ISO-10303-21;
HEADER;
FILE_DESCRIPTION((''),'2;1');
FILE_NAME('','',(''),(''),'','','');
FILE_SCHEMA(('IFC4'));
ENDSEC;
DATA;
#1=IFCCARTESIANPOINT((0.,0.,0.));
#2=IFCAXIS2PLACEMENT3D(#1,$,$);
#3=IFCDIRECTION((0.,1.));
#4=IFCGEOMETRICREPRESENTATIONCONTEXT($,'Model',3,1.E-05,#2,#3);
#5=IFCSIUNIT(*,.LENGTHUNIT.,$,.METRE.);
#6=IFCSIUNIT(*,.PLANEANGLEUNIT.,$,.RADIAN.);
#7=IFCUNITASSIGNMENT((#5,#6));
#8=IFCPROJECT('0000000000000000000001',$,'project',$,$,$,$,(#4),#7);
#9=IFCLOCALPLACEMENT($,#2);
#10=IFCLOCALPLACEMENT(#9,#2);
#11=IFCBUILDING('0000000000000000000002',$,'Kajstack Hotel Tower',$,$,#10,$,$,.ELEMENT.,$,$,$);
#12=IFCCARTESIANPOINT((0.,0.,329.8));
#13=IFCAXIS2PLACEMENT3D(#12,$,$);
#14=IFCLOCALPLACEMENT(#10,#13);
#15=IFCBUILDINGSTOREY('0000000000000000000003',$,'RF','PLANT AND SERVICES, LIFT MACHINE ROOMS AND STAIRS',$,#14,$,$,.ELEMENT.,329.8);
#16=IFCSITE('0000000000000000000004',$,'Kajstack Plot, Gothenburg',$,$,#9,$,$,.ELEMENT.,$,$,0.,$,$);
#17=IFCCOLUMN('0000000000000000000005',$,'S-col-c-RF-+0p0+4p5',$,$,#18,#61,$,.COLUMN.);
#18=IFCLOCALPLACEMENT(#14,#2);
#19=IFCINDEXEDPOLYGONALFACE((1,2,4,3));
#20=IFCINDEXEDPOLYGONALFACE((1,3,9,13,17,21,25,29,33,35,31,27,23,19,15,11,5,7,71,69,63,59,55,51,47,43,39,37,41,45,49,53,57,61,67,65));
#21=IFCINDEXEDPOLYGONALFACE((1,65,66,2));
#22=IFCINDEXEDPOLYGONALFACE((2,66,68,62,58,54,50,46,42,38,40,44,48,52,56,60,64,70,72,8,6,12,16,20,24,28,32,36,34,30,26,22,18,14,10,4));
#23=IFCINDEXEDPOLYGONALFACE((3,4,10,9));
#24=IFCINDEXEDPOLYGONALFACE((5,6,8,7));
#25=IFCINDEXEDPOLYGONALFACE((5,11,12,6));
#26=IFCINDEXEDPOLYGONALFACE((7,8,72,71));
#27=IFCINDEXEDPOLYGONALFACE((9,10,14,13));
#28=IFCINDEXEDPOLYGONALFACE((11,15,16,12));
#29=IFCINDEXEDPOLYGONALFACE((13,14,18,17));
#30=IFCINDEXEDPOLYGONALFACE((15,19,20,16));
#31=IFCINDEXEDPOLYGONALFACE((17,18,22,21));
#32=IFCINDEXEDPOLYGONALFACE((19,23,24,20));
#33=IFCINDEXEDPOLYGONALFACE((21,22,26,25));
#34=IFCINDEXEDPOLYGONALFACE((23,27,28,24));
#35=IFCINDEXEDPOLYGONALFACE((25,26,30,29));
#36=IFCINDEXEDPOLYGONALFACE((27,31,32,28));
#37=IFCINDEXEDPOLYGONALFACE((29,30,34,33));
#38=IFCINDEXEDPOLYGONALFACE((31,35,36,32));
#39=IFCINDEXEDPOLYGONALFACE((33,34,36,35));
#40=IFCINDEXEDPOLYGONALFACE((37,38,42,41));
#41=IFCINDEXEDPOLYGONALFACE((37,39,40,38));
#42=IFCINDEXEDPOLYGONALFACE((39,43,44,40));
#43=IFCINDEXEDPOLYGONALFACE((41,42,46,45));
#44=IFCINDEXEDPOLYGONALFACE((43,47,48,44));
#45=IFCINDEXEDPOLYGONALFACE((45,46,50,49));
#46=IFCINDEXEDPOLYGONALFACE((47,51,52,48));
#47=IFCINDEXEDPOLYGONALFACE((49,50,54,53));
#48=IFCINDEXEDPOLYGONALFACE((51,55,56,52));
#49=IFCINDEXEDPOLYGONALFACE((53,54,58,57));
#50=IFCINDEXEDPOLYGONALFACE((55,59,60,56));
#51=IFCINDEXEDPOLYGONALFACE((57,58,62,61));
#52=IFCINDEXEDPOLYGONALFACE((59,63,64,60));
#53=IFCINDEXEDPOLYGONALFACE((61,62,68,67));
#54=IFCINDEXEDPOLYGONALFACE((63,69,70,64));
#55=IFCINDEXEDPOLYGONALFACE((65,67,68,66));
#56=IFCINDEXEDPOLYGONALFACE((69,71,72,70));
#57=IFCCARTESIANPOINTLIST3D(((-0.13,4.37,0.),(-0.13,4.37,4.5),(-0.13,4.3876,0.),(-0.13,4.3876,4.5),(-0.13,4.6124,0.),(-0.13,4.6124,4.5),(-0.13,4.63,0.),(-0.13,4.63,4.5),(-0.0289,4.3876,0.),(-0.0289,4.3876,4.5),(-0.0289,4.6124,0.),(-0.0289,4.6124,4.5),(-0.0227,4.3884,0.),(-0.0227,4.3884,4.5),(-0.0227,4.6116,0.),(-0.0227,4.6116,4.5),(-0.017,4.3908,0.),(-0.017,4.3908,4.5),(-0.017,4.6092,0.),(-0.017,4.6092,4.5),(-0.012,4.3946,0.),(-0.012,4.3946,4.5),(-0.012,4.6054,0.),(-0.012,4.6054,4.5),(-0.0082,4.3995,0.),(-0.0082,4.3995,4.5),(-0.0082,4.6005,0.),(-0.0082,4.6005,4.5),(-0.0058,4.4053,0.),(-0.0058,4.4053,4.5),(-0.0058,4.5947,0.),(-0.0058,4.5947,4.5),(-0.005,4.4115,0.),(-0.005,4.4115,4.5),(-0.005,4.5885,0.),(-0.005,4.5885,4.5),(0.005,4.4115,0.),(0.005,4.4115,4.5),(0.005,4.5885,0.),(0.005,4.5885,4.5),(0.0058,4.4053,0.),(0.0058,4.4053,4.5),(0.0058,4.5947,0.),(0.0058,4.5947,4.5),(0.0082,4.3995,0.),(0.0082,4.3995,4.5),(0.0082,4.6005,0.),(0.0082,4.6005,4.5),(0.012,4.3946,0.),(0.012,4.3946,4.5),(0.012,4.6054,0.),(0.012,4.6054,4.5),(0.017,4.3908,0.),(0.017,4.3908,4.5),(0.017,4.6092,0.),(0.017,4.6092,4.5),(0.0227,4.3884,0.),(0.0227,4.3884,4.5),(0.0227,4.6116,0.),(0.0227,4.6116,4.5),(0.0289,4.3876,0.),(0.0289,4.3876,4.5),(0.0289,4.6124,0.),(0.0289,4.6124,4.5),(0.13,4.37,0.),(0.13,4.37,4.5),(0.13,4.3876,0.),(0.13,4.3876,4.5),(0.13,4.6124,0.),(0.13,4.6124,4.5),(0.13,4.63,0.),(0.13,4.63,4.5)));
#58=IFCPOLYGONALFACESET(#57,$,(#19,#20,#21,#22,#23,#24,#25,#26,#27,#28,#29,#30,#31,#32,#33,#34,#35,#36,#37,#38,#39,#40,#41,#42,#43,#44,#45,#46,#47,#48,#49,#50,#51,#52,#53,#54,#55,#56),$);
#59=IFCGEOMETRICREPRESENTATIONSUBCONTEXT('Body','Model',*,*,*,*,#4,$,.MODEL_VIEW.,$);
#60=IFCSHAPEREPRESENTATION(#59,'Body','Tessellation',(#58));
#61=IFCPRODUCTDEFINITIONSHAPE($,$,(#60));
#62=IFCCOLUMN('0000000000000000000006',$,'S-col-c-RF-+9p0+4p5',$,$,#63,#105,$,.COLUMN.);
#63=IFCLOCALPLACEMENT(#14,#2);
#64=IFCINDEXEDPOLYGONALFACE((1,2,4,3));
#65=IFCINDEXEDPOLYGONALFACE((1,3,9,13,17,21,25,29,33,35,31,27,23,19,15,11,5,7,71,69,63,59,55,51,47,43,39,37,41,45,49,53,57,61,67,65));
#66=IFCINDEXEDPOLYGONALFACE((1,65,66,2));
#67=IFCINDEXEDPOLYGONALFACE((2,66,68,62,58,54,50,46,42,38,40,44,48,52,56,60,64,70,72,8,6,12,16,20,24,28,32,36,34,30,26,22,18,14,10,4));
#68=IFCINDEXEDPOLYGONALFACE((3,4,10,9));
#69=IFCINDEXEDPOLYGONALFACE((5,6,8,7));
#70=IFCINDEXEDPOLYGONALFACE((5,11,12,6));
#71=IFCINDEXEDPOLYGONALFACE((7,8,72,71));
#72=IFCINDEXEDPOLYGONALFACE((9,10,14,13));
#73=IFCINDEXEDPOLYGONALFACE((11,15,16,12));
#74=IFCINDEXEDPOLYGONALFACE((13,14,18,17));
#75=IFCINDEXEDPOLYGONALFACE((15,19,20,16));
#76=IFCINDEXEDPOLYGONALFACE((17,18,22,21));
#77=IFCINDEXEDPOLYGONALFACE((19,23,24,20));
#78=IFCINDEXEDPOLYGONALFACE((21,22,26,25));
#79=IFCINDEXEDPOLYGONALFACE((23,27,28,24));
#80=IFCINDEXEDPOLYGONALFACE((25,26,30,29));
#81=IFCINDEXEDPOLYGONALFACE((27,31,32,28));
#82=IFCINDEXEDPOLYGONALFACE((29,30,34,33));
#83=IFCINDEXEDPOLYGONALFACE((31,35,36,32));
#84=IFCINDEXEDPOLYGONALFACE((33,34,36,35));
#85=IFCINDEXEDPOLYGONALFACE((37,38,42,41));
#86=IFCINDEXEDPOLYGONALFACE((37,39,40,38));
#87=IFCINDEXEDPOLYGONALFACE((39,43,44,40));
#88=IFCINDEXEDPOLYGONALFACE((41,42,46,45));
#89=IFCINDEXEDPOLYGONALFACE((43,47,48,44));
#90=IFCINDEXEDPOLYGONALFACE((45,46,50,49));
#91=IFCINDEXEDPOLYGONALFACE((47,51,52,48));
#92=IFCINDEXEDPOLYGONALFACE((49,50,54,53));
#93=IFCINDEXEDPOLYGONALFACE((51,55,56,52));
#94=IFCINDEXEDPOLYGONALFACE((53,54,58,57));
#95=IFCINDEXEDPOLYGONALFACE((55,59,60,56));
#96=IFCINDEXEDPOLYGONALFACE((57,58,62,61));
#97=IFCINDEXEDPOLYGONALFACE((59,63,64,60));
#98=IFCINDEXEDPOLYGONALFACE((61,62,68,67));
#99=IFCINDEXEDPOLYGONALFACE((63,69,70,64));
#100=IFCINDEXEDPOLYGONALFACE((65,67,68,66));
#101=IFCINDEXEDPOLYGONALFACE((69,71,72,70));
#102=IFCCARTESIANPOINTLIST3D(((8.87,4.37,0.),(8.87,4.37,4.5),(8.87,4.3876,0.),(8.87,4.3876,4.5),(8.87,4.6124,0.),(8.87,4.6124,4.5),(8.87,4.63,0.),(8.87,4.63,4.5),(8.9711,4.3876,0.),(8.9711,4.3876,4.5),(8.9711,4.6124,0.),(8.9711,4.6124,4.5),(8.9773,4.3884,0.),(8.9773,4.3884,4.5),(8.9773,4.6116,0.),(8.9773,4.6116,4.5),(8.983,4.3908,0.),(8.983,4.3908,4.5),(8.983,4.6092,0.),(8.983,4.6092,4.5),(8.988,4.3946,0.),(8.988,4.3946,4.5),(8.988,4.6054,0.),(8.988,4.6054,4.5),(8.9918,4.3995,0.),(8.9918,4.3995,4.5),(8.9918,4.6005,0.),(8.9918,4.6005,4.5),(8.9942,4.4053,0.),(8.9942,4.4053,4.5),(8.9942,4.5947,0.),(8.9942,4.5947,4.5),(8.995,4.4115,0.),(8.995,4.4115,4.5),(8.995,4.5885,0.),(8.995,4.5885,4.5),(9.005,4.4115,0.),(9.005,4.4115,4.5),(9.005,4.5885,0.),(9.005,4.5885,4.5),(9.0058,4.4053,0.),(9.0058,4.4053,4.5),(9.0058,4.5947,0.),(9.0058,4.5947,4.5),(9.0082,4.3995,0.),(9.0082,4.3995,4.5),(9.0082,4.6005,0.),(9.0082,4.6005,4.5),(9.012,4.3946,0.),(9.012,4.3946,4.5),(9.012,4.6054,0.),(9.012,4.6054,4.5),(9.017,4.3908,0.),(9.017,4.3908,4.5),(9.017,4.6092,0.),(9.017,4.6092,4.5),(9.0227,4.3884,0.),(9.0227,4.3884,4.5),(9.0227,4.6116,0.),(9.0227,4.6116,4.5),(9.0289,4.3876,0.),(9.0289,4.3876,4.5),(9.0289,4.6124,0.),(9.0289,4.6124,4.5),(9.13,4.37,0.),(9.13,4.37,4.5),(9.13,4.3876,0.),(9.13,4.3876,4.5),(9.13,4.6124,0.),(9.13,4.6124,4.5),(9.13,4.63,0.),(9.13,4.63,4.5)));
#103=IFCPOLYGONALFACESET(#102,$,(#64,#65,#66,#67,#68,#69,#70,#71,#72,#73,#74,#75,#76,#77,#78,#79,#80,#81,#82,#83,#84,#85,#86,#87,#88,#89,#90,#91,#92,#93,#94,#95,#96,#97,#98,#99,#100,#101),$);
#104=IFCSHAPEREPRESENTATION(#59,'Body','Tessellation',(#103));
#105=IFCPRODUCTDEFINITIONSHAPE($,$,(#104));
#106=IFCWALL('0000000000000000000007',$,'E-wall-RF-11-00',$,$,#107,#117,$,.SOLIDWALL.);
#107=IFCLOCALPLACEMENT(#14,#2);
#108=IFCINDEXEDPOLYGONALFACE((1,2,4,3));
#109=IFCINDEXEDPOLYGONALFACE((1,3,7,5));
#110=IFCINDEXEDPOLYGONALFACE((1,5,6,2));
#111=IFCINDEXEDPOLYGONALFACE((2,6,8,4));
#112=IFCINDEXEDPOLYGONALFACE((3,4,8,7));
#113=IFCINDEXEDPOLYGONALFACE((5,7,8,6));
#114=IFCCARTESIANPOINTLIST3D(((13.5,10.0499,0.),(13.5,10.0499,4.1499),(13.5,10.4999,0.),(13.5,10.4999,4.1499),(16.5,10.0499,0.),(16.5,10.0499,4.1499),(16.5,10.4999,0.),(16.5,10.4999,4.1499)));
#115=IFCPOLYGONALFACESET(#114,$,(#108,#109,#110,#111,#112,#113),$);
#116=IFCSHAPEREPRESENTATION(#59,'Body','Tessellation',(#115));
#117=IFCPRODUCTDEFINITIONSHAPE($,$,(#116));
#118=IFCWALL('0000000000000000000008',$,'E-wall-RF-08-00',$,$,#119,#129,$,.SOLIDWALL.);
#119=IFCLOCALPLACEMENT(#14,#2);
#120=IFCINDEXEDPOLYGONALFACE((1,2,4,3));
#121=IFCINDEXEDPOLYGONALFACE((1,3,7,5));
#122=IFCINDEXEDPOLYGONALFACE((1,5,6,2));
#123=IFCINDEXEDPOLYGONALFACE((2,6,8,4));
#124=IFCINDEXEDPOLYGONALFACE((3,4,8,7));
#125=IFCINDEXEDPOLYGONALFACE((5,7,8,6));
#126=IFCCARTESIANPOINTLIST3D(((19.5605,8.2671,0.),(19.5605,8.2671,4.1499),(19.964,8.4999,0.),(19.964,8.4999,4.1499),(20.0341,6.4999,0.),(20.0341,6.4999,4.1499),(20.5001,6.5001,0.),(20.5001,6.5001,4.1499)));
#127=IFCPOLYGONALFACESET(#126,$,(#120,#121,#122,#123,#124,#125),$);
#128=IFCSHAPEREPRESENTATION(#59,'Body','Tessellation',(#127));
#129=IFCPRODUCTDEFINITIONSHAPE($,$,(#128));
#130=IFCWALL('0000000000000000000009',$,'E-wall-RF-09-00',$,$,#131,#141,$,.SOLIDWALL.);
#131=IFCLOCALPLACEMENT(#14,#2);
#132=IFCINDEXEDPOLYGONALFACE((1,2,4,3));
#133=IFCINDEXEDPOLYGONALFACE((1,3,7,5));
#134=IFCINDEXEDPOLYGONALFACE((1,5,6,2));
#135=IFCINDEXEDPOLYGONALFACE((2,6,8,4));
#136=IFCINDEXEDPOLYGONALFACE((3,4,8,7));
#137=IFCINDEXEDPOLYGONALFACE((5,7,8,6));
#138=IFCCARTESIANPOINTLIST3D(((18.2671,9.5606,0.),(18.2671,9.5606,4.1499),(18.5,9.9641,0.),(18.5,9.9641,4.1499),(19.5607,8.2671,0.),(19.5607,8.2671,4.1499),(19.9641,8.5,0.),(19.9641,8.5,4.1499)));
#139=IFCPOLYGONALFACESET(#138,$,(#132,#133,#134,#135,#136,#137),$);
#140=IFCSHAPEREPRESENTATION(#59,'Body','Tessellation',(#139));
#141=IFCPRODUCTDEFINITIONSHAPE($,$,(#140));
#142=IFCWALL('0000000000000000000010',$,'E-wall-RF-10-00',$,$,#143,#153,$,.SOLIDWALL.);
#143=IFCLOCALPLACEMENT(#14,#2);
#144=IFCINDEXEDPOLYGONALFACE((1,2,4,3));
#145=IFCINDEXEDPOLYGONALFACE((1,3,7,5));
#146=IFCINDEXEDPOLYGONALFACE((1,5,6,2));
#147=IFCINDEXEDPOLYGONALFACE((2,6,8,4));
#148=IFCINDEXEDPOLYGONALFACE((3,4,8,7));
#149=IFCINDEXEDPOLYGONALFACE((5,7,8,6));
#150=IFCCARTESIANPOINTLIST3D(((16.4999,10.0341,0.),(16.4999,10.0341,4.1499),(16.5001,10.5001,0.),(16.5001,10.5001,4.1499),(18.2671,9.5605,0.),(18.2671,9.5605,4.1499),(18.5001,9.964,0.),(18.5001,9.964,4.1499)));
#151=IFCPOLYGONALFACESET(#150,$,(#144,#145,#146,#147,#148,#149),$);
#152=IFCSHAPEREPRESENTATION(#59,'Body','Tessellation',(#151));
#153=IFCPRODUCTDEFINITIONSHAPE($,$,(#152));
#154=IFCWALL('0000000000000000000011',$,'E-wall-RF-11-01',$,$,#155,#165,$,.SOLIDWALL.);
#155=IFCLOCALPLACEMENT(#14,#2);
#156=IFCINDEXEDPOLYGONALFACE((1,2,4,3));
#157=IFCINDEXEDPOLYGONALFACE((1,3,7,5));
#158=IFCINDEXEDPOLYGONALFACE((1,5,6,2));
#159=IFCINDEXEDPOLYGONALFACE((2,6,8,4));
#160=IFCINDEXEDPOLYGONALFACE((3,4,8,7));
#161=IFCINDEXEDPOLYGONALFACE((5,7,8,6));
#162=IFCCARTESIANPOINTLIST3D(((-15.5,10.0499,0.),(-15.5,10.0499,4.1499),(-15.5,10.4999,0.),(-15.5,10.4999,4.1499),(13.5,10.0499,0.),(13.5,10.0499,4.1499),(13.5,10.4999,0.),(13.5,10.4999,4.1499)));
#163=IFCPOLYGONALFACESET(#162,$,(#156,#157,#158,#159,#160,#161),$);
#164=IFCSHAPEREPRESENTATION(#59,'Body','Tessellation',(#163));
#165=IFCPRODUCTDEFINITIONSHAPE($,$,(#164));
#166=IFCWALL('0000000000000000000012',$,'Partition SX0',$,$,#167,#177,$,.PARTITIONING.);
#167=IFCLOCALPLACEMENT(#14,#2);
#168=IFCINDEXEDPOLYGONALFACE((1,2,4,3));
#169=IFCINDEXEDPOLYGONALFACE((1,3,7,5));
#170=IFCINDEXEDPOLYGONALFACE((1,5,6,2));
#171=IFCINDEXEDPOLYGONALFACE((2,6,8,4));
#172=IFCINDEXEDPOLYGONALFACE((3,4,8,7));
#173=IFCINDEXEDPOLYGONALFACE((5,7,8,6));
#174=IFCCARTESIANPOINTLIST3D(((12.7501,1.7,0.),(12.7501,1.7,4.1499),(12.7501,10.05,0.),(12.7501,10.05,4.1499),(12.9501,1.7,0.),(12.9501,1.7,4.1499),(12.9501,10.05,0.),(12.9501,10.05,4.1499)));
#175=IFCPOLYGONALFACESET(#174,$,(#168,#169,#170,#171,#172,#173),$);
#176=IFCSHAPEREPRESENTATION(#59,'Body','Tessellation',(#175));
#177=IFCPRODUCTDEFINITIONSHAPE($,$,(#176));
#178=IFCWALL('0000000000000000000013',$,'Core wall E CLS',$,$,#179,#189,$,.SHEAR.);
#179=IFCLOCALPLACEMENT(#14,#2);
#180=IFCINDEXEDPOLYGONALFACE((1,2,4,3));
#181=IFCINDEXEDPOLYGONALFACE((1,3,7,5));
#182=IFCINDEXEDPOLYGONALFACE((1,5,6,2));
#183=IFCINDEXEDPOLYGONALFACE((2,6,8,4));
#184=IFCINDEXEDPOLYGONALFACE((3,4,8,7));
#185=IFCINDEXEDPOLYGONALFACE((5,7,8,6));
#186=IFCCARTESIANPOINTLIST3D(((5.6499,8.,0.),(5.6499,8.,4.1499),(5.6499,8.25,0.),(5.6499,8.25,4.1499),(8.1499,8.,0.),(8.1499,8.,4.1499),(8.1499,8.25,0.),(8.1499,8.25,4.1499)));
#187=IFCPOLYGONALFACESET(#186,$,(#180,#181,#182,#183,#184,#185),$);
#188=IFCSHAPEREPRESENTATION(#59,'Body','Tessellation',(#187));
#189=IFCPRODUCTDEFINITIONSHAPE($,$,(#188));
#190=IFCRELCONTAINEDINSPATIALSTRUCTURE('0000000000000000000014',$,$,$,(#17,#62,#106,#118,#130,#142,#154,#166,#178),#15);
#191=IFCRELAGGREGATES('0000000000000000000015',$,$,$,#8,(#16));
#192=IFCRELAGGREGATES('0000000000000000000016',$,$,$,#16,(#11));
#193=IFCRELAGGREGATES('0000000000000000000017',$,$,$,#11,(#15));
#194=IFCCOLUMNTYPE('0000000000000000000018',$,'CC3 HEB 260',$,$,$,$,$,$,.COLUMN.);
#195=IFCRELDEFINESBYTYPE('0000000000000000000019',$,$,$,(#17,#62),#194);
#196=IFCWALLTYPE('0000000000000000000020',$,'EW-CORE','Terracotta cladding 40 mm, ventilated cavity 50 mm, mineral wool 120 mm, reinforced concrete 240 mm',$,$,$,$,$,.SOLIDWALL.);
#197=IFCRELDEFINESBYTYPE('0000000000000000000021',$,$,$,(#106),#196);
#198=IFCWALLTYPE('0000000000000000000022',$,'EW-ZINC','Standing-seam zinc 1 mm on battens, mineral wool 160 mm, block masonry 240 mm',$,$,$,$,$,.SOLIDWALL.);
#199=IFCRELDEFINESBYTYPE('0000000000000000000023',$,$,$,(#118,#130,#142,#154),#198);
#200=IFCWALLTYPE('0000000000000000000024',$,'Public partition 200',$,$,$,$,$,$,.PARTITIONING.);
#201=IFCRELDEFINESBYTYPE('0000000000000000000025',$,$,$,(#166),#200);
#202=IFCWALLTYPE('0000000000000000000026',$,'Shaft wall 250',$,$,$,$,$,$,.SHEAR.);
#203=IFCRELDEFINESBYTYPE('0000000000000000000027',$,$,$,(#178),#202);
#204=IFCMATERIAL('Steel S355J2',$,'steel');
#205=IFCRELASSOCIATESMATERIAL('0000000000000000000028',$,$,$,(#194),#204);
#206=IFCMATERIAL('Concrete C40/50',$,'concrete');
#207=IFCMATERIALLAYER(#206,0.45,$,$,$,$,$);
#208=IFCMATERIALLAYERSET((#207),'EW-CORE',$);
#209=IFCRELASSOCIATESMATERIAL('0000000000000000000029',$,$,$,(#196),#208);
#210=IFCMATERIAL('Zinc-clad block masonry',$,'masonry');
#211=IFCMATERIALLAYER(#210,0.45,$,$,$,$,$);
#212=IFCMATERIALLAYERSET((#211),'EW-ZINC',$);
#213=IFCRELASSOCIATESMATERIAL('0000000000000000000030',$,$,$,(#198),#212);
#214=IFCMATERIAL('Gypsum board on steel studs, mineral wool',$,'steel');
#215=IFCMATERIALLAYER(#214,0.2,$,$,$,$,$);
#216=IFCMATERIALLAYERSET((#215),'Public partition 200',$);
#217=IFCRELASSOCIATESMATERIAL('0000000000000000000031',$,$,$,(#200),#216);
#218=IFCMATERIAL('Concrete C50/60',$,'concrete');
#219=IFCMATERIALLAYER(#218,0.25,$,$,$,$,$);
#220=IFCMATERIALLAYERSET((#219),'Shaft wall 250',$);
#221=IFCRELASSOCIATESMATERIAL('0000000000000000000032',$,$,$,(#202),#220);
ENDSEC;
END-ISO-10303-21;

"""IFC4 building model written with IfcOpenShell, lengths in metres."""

from ifc_helpers import new_model, si_unit, direction, frame, frame_2d, origin, origin_2d, place, context, subcontext, project, spatial, polyline, rectangle, i_section, outline, extrude, material, layer, layer_set, material_profile, profile_set, type_object, element, save


model = new_model("IFC4")

# Units and contexts
model_context = context("Model", 3, precision=1e-05, world=origin(), true_north=direction((0.0, 1.0)))
body_context = subcontext(model_context, "Body", "Model", "MODEL_VIEW")
ifc_project = project(units=[si_unit("LENGTHUNIT", "METRE"), si_unit("PLANEANGLEUNIT", "RADIAN")], contexts=[model_context])

# Site, building, storey
site_placement = place(None, origin())
site = spatial("IfcSite", under=ifc_project, at=site_placement, Name="Kajstack Plot, Gothenburg", CompositionType="ELEMENT", RefElevation=0.0)
building_placement = place(site_placement, origin())
building = spatial("IfcBuilding", under=site, at=building_placement, Name="Kajstack Hotel Tower", CompositionType="ELEMENT")
storey_placement = place(building_placement, frame((0.0, 0.0, 329.8)))
storey = spatial("IfcBuildingStorey", under=building, at=storey_placement, Name="RF", Description="PLANT AND SERVICES, LIFT MACHINE ROOMS AND STAIRS", CompositionType="ELEMENT", Elevation=329.8)

# Columns
ifc_material_1 = material(Name="Steel S355J2", Category="steel")
ifc_material_profile = material_profile(ifc_material_1, i_section(OverallWidth=0.26, OverallDepth=0.26, WebThickness=0.01, FlangeThickness=0.0176, FilletRadius=0.0239, at=origin_2d()), Name="HEB 260")
ifc_profile_set = profile_set([ifc_material_profile], Name="Steel S355J2")
column_type = type_object("IfcColumnType", Name="CC3 HEB 260", PredefinedType="COLUMN", material=ifc_profile_set)
for number, where, z_axis, x_axis, name in (
    (1, (0.0, 4.5, 0.0), (0.0, 0.0, 1.0), (1.0, 0.0, 0.0), "S-col-c-RF-+0p0+4p5"),
    (2, (9.0, 4.5, 0.0), (0.0, 0.0, 1.0), (1.0, 0.0, 0.0), "S-col-c-RF-+9p0+4p5"),
):
    element("IfcColumn", number, at=place(storey_placement, frame(where, z_axis=z_axis, x_axis=x_axis)), inside=storey, type_object=column_type, Name=name, PredefinedType="COLUMN", context=body_context, shape_type="SweptSolid", body=[
        extrude(i_section(OverallWidth=0.26, OverallDepth=0.26, WebThickness=0.01, FlangeThickness=0.0176, FilletRadius=0.0239, at=origin_2d()), origin(), (0.0, 0.0, 1.0), 4.5),
    ])

# Walls
ifc_material_2 = material(Name="Concrete C40/50", Category="concrete")
ifc_layer_1 = layer(ifc_material_2, 0.45)
ifc_layer_set_1 = layer_set([ifc_layer_1], Name="EW-CORE")
wall_type_1 = type_object("IfcWallType", Name="EW-CORE", Description="Terracotta cladding 40 mm, ventilated cavity 50 mm, mineral wool 120 mm, reinforced concrete 240 mm", PredefinedType="SOLIDWALL", material=ifc_layer_set_1)
wall_1_placement = place(storey_placement, frame((16.5, 10.2749, 0.0), z_axis=(0.0, 0.0, 1.0), x_axis=(-1.0, 0.0, 0.0)))
element("IfcWall", 3, at=wall_1_placement, inside=storey, type_object=wall_type_1, Name="E-wall-RF-11-00", PredefinedType="SOLIDWALL", context=body_context, shape_type="SweptSolid", body=[
    extrude(rectangle(XDim=3.0, YDim=0.45, at=frame_2d((1.5, 0.0))), origin(), (0.0, 0.0, 1.0), 4.1499),
])
ifc_material_3 = material(Name="Zinc-clad block masonry", Category="masonry")
ifc_layer_2 = layer(ifc_material_3, 0.45)
ifc_layer_set_2 = layer_set([ifc_layer_2], Name="EW-ZINC")
wall_type_2 = type_object("IfcWallType", Name="EW-ZINC", Description="Standing-seam zinc 1 mm on battens, mineral wool 160 mm, block masonry 240 mm", PredefinedType="SOLIDWALL", material=ifc_layer_set_2)
wall_2_placement = place(storey_placement, frame((20.2827, 6.4417, 0.0), z_axis=(0.0, 0.0, 1.0), x_axis=(-0.258815, 0.965927, 0.0)))
element("IfcWall", 4, at=wall_2_placement, inside=storey, type_object=wall_type_2, Name="E-wall-RF-08-00", PredefinedType="SOLIDWALL", context=body_context, shape_type="SweptSolid", body=[
    extrude(outline(polyline([(0.0002, -0.2251), (2.0706, -0.2249), (1.9502, 0.2251), (0.1206, 0.2251), (0.0002, -0.2251)])), origin(), (0.0, 0.0, 1.0), 4.1499),
])
wall_3_placement = place(storey_placement, frame((19.8049, 8.3408, 0.0), z_axis=(0.0, 0.0, 1.0), x_axis=(-0.707107, 0.707107, 0.0)))
element("IfcWall", 5, at=wall_3_placement, inside=storey, type_object=wall_type_2, Name="E-wall-RF-09-00", PredefinedType="SOLIDWALL", context=body_context, shape_type="SweptSolid", body=[
    extrude(outline(polyline([(0.0, -0.2251), (2.0706, -0.2251), (1.95, 0.2249), (0.1206, 0.2249), (0.0, -0.2251)])), origin(), (0.0, 0.0, 1.0), 4.1499),
])
wall_4_placement = place(storey_placement, frame((18.4417, 9.7468, 0.0), z_axis=(0.0, 0.0, 1.0), x_axis=(-0.965927, 0.258815, 0.0)))
element("IfcWall", 6, at=wall_4_placement, inside=storey, type_object=wall_type_2, Name="E-wall-RF-10-00", PredefinedType="SOLIDWALL", context=body_context, shape_type="SweptSolid", body=[
    extrude(outline(polyline([(-0.0002, -0.2249), (2.0703, -0.2251), (1.95, 0.2251), (0.1204, 0.2251), (-0.0002, -0.2249)])), origin(), (0.0, 0.0, 1.0), 4.1499),
])
wall_5_placement = place(storey_placement, frame((13.5, 10.2749, 0.0), z_axis=(0.0, 0.0, 1.0), x_axis=(-1.0, 0.0, 0.0)))
element("IfcWall", 7, at=wall_5_placement, inside=storey, type_object=wall_type_2, Name="E-wall-RF-11-01", PredefinedType="SOLIDWALL", context=body_context, shape_type="SweptSolid", body=[
    extrude(rectangle(XDim=29.0, YDim=0.45, at=frame_2d((14.5, 0.0))), origin(), (0.0, 0.0, 1.0), 4.1499),
])
ifc_material_4 = material(Name="Gypsum board on steel studs, mineral wool", Category="steel")
ifc_layer_3 = layer(ifc_material_4, 0.2)
ifc_layer_set_3 = layer_set([ifc_layer_3], Name="Public partition 200")
wall_type_3 = type_object("IfcWallType", Name="Public partition 200", PredefinedType="PARTITIONING", material=ifc_layer_set_3)
wall_6_placement = place(storey_placement, frame((12.8501, 1.7, 0.0), z_axis=(0.0, 0.0, 1.0), x_axis=(0.0, 1.0, 0.0)))
element("IfcWall", 8, at=wall_6_placement, inside=storey, type_object=wall_type_3, Name="Partition SX0", PredefinedType="PARTITIONING", context=body_context, shape_type="SweptSolid", body=[
    extrude(rectangle(XDim=8.3501, YDim=0.2, at=frame_2d((4.175, 0.0))), origin(), (0.0, 0.0, 1.0), 4.1499),
])
ifc_material_5 = material(Name="Concrete C50/60", Category="concrete")
ifc_layer_4 = layer(ifc_material_5, 0.25)
ifc_layer_set_4 = layer_set([ifc_layer_4], Name="Shaft wall 250")
wall_type_4 = type_object("IfcWallType", Name="Shaft wall 250", PredefinedType="SHEAR", material=ifc_layer_set_4)
wall_7_placement = place(storey_placement, frame((5.6499, 8.125, 0.0), z_axis=(0.0, 0.0, 1.0), x_axis=(1.0, 0.0, 0.0)))
element("IfcWall", 9, at=wall_7_placement, inside=storey, type_object=wall_type_4, Name="Core wall E CLS", PredefinedType="SHEAR", context=body_context, shape_type="SweptSolid", body=[
    extrude(rectangle(XDim=2.5, YDim=0.25, at=frame_2d((1.25, 0.0))), origin(), (0.0, 0.0, 1.0), 4.1499),
])

save(model, "model.ifc")
